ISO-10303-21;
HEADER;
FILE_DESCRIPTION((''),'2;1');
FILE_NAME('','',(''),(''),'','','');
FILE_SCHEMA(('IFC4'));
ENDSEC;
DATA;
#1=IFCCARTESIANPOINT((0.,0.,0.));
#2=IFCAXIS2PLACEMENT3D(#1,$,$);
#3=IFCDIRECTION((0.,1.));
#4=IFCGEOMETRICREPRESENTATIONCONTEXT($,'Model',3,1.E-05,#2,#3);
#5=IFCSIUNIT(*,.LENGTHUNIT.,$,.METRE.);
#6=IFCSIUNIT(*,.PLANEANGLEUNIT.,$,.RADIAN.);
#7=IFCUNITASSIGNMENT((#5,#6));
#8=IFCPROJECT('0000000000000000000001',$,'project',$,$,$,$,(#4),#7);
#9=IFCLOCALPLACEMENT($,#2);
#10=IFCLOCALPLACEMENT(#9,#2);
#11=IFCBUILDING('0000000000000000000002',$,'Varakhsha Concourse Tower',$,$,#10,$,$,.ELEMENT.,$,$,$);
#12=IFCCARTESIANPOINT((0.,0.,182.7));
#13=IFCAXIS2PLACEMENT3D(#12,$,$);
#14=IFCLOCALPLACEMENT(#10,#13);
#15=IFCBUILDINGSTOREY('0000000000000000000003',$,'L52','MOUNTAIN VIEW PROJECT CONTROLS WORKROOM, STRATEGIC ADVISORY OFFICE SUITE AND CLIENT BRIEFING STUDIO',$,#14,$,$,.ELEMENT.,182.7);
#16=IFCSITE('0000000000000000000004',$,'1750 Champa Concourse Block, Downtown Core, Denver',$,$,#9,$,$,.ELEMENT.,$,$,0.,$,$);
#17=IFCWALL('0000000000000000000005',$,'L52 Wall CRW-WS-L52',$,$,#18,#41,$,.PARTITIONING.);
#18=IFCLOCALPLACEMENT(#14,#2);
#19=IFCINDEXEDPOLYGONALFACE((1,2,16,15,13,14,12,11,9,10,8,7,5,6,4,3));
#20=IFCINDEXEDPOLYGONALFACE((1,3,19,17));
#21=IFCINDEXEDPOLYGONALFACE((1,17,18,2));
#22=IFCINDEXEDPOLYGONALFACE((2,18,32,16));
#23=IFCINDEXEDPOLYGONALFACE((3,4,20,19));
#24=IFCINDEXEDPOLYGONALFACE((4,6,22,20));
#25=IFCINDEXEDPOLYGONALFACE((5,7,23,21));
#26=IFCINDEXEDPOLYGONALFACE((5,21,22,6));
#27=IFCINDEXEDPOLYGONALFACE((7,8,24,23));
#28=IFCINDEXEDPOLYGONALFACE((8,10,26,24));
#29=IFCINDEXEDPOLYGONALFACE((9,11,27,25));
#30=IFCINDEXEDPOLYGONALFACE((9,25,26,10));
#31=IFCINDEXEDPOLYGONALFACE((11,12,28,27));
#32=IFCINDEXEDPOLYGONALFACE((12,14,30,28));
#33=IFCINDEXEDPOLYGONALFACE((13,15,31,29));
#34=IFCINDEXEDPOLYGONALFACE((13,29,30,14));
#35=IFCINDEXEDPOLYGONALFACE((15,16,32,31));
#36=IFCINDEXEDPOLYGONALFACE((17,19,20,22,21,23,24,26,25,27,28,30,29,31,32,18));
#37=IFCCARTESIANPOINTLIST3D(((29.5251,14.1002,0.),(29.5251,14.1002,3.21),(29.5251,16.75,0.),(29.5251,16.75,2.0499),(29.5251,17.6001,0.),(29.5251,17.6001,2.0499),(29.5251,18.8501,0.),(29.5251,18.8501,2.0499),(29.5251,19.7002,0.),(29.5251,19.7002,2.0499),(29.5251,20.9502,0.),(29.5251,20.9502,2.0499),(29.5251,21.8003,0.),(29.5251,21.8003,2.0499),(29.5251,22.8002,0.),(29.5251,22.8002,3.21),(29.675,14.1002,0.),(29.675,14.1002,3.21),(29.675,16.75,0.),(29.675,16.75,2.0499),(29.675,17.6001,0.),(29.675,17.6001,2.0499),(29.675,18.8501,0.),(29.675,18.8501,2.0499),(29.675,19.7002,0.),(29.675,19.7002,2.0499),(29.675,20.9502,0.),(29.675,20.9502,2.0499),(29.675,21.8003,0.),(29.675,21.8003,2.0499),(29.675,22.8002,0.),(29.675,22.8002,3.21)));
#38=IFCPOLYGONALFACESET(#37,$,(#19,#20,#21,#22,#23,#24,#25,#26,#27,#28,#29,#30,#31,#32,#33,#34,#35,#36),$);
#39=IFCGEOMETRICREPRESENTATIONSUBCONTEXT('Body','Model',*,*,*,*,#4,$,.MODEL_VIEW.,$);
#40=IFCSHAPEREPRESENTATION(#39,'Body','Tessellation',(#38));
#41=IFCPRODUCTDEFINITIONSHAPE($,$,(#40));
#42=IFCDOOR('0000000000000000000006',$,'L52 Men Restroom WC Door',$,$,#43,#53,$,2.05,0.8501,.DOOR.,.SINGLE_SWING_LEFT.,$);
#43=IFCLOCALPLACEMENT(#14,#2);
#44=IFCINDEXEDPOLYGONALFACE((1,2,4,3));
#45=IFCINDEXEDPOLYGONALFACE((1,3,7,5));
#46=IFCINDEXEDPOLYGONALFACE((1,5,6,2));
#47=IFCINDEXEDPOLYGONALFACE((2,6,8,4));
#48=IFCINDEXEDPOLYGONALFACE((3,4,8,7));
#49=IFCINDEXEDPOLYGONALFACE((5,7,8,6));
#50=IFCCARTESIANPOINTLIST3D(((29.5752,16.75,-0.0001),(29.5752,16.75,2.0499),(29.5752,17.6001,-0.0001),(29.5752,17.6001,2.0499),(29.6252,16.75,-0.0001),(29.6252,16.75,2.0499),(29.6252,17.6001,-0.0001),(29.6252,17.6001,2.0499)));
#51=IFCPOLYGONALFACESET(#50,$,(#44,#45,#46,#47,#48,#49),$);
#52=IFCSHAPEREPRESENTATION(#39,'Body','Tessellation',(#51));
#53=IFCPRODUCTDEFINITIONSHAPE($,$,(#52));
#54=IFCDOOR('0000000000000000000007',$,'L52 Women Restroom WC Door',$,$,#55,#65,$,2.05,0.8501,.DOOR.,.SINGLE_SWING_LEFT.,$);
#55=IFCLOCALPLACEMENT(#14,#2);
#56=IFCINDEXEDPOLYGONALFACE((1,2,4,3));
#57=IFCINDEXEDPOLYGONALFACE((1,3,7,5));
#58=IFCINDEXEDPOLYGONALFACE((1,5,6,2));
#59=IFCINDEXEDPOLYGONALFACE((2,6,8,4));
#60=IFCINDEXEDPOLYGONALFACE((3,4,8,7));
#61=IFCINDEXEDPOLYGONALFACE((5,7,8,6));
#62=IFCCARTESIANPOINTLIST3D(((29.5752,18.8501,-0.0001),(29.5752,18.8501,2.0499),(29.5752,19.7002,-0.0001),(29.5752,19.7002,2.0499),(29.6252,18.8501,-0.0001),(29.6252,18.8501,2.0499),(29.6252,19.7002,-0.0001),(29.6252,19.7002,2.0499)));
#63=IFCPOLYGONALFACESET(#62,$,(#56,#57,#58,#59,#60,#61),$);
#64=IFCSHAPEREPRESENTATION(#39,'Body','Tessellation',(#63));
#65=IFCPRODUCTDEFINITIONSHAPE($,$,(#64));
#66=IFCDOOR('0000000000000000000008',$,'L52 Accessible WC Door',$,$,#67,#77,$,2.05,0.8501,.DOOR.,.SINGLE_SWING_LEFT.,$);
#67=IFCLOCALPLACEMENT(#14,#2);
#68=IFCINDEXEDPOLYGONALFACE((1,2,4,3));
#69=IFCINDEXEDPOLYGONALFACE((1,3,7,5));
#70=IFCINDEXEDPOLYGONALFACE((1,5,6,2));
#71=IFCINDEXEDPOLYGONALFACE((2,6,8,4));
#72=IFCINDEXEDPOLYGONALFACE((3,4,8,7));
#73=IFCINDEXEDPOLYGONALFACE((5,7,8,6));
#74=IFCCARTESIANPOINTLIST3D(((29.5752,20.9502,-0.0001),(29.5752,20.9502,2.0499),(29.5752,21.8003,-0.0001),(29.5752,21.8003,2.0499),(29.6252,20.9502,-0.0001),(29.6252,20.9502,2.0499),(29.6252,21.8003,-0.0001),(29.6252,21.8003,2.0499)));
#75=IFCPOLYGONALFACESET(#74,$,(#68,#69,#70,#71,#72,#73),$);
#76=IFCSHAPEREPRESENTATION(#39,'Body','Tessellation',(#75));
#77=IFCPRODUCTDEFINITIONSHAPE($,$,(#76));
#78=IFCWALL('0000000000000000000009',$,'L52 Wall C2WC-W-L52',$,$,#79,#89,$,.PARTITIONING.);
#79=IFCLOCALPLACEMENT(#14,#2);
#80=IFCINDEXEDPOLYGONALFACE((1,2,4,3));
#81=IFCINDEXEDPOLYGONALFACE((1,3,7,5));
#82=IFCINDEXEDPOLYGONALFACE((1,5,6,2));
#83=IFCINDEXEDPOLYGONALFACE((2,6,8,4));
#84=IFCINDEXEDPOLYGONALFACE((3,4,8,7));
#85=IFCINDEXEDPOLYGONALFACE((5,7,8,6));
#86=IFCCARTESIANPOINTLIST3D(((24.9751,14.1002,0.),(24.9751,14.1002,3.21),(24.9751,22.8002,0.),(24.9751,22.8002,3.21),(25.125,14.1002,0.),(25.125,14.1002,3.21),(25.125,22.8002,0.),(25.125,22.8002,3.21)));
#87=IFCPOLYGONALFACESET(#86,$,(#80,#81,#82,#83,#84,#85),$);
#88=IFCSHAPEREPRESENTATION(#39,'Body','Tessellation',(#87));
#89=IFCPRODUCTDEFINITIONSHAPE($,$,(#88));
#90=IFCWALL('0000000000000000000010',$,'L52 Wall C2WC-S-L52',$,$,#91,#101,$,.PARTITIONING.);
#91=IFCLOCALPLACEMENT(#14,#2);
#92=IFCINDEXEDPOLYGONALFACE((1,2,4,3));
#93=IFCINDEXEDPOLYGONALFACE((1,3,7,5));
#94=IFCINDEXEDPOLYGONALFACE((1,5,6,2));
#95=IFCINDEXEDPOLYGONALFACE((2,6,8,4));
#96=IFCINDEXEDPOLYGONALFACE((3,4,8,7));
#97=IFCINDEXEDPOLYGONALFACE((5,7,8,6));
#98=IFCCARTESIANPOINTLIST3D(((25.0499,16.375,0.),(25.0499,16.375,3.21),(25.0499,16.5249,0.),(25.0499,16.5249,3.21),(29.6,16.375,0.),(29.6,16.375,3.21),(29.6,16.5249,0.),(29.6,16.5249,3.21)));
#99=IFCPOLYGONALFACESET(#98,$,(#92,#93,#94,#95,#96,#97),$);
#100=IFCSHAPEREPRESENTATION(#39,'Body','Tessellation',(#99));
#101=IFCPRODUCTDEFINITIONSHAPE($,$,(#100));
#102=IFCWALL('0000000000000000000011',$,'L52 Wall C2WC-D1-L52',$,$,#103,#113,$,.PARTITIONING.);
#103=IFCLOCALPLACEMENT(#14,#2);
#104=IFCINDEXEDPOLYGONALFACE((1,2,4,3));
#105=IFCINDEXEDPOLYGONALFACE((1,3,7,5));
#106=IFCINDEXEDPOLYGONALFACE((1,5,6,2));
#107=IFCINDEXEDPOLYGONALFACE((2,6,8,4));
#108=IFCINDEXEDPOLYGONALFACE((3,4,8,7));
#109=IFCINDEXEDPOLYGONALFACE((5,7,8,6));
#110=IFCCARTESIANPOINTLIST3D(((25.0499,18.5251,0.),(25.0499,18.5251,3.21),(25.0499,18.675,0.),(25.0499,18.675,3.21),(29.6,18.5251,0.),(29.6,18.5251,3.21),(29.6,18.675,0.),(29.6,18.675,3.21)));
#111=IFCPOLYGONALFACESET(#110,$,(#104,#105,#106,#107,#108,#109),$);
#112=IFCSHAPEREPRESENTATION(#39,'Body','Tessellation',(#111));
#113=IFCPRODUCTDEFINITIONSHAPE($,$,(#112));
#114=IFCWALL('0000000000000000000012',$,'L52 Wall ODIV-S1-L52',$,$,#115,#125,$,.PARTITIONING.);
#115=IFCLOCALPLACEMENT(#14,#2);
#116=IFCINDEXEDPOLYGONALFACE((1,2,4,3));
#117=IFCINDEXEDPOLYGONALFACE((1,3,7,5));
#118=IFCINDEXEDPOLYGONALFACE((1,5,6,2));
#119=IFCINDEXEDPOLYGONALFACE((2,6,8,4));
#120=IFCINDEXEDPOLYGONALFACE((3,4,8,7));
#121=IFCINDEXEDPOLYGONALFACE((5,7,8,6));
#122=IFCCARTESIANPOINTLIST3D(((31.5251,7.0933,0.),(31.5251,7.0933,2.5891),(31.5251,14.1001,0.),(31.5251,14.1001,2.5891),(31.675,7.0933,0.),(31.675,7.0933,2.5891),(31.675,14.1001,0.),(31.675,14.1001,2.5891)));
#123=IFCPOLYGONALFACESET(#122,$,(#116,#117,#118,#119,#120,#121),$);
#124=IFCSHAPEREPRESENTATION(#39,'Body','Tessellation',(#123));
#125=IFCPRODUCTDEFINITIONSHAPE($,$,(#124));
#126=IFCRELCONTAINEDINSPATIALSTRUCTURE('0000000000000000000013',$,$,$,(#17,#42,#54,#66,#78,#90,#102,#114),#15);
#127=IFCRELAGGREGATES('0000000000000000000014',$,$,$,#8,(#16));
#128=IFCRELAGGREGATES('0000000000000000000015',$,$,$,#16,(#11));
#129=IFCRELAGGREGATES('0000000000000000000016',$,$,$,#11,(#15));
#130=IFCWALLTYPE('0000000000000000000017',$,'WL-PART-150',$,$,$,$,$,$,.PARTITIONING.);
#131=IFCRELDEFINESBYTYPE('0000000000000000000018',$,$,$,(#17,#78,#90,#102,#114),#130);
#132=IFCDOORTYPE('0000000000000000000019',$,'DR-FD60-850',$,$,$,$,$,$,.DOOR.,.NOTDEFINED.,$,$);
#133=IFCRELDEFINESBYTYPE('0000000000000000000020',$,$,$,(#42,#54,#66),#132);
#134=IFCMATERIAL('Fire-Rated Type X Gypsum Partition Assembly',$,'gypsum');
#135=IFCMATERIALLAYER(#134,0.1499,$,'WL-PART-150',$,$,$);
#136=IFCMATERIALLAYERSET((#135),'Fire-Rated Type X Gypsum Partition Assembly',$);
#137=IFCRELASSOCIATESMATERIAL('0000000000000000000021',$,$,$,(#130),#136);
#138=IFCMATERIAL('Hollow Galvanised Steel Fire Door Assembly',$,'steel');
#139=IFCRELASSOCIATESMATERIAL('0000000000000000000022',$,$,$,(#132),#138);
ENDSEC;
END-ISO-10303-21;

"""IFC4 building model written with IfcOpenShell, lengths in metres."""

from ifc_helpers import new_model, si_unit, direction, frame, frame_2d, origin, place, context, subcontext, project, spatial, rectangle, extrude, material, layer, layer_set, type_object, element, fill, save


model = new_model("IFC4")

# Units and contexts
model_context = context("Model", 3, precision=1e-05, world=origin(), true_north=direction((0.0, 1.0)))
body_context = subcontext(model_context, "Body", "Model", "MODEL_VIEW")
ifc_project = project(units=[si_unit("LENGTHUNIT", "METRE"), si_unit("PLANEANGLEUNIT", "RADIAN")], contexts=[model_context])

# Site, building, storey
site_placement = place(None, origin())
site = spatial("IfcSite", under=ifc_project, at=site_placement, Name="1750 Champa Concourse Block, Downtown Core, Denver", CompositionType="ELEMENT", RefElevation=0.0)
building_placement = place(site_placement, origin())
building = spatial("IfcBuilding", under=site, at=building_placement, Name="Varakhsha Concourse Tower", CompositionType="ELEMENT")
storey_placement = place(building_placement, frame((0.0, 0.0, 182.7)))
storey = spatial("IfcBuildingStorey", under=building, at=storey_placement, Name="L52", Description="MOUNTAIN VIEW PROJECT CONTROLS WORKROOM, STRATEGIC ADVISORY OFFICE SUITE AND CLIENT BRIEFING STUDIO", CompositionType="ELEMENT", Elevation=182.7)

# Wall, openings, doors
ifc_material_1 = material(Name="Fire-Rated Type X Gypsum Partition Assembly", Category="gypsum")
ifc_layer_1 = layer(ifc_material_1, 0.1499, Name="WL-PART-150")
ifc_layer_set_1 = layer_set([ifc_layer_1], Name="Fire-Rated Type X Gypsum Partition Assembly")
wall_type = type_object("IfcWallType", Name="WL-PART-150", PredefinedType="PARTITIONING", material=ifc_layer_set_1)
ifc_material_2 = material(Name="Hollow Galvanised Steel Fire Door Assembly", Category="steel")
wall_1_placement = place(storey_placement, frame((29.6001, 14.1001, 0.0), z_axis=(0.0, 0.0, 1.0), x_axis=(0.0, 1.0, 0.0)))
wall_1 = element("IfcWall", 1, at=wall_1_placement, inside=storey, type_object=wall_type, Name="L52 Wall CRW-WS-L52", PredefinedType="PARTITIONING", context=body_context, shape_type="SweptSolid", body=[
    extrude(rectangle(XDim=8.7, YDim=0.1499, at=frame_2d((4.3501, 0.0))), origin(), (0.0, 0.0, 1.0), 3.21),
])
opening_1_placement = place(wall_1_placement, frame((2.6499, 0.0, 0.0)))
opening_1 = element("IfcOpeningElement", 2, at=opening_1_placement, cuts=wall_1, PredefinedType="OPENING", context=body_context, shape_type="SweptSolid", body=[
    extrude(rectangle(XDim=0.8501, YDim=2.05, at=frame_2d((0.425, 1.0249))), frame((0.0, 0.085, 0.0), z_axis=(0.0, -1.0, 0.0), x_axis=(1.0, 0.0, 0.0)), (0.0, 0.0, 1.0), 0.1699),
])
opening_2_placement = place(wall_1_placement, frame((4.75, 0.0, 0.0)))
opening_2 = element("IfcOpeningElement", 3, at=opening_2_placement, cuts=wall_1, PredefinedType="OPENING", context=body_context, shape_type="SweptSolid", body=[
    extrude(rectangle(XDim=0.8501, YDim=2.05, at=frame_2d((0.425, 1.0249))), frame((0.0, 0.085, 0.0), z_axis=(0.0, -1.0, 0.0), x_axis=(1.0, 0.0, 0.0)), (0.0, 0.0, 1.0), 0.1699),
])
opening_3_placement = place(wall_1_placement, frame((6.8501, 0.0, 0.0)))
opening_3 = element("IfcOpeningElement", 4, at=opening_3_placement, cuts=wall_1, PredefinedType="OPENING", context=body_context, shape_type="SweptSolid", body=[
    extrude(rectangle(XDim=0.8501, YDim=2.05, at=frame_2d((0.425, 1.0249))), frame((0.0, 0.085, 0.0), z_axis=(0.0, -1.0, 0.0), x_axis=(1.0, 0.0, 0.0)), (0.0, 0.0, 1.0), 0.1699),
])
door_type_1 = type_object("IfcDoorType", Name="DR-FD60-850", OperationType="NOTDEFINED", PredefinedType="DOOR", material=ifc_material_2)
door_1_placement = place(opening_1_placement, origin())
door_1 = element("IfcDoor", 5, at=door_1_placement, inside=storey, type_object=door_type_1, Name="L52 Men Restroom WC Door", OperationType="SINGLE_SWING_LEFT", OverallHeight=2.05, OverallWidth=0.8501, PredefinedType="DOOR", context=body_context, shape_type="SweptSolid", body=[
    extrude(rectangle(XDim=0.8501, YDim=2.05, at=frame_2d((0.425, 1.0249))), frame((0.0, 0.0249, 0.0), z_axis=(0.0, -1.0, 0.0), x_axis=(1.0, 0.0, 0.0)), (0.0, 0.0, 1.0), 0.05),
])
fill(opening_1, door_1)
door_2_placement = place(opening_2_placement, origin())
door_2 = element("IfcDoor", 6, at=door_2_placement, inside=storey, type_object=door_type_1, Name="L52 Women Restroom WC Door", OperationType="SINGLE_SWING_LEFT", OverallHeight=2.05, OverallWidth=0.8501, PredefinedType="DOOR", context=body_context, shape_type="SweptSolid", body=[
    extrude(rectangle(XDim=0.8501, YDim=2.05, at=frame_2d((0.425, 1.0249))), frame((0.0, 0.0249, 0.0), z_axis=(0.0, -1.0, 0.0), x_axis=(1.0, 0.0, 0.0)), (0.0, 0.0, 1.0), 0.05),
])
fill(opening_2, door_2)
door_3_placement = place(opening_3_placement, origin())
door_3 = element("IfcDoor", 7, at=door_3_placement, inside=storey, type_object=door_type_1, Name="L52 Accessible WC Door", OperationType="SINGLE_SWING_LEFT", OverallHeight=2.05, OverallWidth=0.8501, PredefinedType="DOOR", context=body_context, shape_type="SweptSolid", body=[
    extrude(rectangle(XDim=0.8501, YDim=2.05, at=frame_2d((0.425, 1.0249))), frame((0.0, 0.0249, 0.0), z_axis=(0.0, -1.0, 0.0), x_axis=(1.0, 0.0, 0.0)), (0.0, 0.0, 1.0), 0.05),
])
fill(opening_3, door_3)

# Walls
wall_2_placement = place(storey_placement, frame((25.05, 14.1001, 0.0), z_axis=(0.0, 0.0, 1.0), x_axis=(0.0, 1.0, 0.0)))
element("IfcWall", 8, at=wall_2_placement, inside=storey, type_object=wall_type, Name="L52 Wall C2WC-W-L52", PredefinedType="PARTITIONING", context=body_context, shape_type="SweptSolid", body=[
    extrude(rectangle(XDim=8.7, YDim=0.1499, at=frame_2d((4.3501, 0.0))), origin(), (0.0, 0.0, 1.0), 3.21),
])
for number, where, z_axis, x_axis, name in (
    (9, (25.05, 16.45, 0.0), (0.0, 0.0, 1.0), (1.0, 0.0, 0.0), "L52 Wall C2WC-S-L52"),
    (10, (25.05, 18.6001, 0.0), (0.0, 0.0, 1.0), (1.0, 0.0, 0.0), "L52 Wall C2WC-D1-L52"),
):
    element("IfcWall", number, at=place(storey_placement, frame(where, z_axis=z_axis, x_axis=x_axis)), inside=storey, type_object=wall_type, Name=name, PredefinedType="PARTITIONING", context=body_context, shape_type="SweptSolid", body=[
        extrude(rectangle(XDim=4.55, YDim=0.1499, at=frame_2d((2.2749, 0.0))), origin(), (0.0, 0.0, 1.0), 3.21),
    ])
wall_3_placement = place(storey_placement, frame((31.6001, 7.0933, 0.0), z_axis=(0.0, 0.0, 1.0), x_axis=(0.0, 1.0, 0.0)))
element("IfcWall", 11, at=wall_3_placement, inside=storey, type_object=wall_type, Name="L52 Wall ODIV-S1-L52", PredefinedType="PARTITIONING", context=body_context, shape_type="SweptSolid", body=[
    extrude(rectangle(XDim=7.0068, YDim=0.1499, at=frame_2d((3.5034, 0.0))), origin(), (0.0, 0.0, 1.0), 2.5891),
])

save(model, "model.ifc")
